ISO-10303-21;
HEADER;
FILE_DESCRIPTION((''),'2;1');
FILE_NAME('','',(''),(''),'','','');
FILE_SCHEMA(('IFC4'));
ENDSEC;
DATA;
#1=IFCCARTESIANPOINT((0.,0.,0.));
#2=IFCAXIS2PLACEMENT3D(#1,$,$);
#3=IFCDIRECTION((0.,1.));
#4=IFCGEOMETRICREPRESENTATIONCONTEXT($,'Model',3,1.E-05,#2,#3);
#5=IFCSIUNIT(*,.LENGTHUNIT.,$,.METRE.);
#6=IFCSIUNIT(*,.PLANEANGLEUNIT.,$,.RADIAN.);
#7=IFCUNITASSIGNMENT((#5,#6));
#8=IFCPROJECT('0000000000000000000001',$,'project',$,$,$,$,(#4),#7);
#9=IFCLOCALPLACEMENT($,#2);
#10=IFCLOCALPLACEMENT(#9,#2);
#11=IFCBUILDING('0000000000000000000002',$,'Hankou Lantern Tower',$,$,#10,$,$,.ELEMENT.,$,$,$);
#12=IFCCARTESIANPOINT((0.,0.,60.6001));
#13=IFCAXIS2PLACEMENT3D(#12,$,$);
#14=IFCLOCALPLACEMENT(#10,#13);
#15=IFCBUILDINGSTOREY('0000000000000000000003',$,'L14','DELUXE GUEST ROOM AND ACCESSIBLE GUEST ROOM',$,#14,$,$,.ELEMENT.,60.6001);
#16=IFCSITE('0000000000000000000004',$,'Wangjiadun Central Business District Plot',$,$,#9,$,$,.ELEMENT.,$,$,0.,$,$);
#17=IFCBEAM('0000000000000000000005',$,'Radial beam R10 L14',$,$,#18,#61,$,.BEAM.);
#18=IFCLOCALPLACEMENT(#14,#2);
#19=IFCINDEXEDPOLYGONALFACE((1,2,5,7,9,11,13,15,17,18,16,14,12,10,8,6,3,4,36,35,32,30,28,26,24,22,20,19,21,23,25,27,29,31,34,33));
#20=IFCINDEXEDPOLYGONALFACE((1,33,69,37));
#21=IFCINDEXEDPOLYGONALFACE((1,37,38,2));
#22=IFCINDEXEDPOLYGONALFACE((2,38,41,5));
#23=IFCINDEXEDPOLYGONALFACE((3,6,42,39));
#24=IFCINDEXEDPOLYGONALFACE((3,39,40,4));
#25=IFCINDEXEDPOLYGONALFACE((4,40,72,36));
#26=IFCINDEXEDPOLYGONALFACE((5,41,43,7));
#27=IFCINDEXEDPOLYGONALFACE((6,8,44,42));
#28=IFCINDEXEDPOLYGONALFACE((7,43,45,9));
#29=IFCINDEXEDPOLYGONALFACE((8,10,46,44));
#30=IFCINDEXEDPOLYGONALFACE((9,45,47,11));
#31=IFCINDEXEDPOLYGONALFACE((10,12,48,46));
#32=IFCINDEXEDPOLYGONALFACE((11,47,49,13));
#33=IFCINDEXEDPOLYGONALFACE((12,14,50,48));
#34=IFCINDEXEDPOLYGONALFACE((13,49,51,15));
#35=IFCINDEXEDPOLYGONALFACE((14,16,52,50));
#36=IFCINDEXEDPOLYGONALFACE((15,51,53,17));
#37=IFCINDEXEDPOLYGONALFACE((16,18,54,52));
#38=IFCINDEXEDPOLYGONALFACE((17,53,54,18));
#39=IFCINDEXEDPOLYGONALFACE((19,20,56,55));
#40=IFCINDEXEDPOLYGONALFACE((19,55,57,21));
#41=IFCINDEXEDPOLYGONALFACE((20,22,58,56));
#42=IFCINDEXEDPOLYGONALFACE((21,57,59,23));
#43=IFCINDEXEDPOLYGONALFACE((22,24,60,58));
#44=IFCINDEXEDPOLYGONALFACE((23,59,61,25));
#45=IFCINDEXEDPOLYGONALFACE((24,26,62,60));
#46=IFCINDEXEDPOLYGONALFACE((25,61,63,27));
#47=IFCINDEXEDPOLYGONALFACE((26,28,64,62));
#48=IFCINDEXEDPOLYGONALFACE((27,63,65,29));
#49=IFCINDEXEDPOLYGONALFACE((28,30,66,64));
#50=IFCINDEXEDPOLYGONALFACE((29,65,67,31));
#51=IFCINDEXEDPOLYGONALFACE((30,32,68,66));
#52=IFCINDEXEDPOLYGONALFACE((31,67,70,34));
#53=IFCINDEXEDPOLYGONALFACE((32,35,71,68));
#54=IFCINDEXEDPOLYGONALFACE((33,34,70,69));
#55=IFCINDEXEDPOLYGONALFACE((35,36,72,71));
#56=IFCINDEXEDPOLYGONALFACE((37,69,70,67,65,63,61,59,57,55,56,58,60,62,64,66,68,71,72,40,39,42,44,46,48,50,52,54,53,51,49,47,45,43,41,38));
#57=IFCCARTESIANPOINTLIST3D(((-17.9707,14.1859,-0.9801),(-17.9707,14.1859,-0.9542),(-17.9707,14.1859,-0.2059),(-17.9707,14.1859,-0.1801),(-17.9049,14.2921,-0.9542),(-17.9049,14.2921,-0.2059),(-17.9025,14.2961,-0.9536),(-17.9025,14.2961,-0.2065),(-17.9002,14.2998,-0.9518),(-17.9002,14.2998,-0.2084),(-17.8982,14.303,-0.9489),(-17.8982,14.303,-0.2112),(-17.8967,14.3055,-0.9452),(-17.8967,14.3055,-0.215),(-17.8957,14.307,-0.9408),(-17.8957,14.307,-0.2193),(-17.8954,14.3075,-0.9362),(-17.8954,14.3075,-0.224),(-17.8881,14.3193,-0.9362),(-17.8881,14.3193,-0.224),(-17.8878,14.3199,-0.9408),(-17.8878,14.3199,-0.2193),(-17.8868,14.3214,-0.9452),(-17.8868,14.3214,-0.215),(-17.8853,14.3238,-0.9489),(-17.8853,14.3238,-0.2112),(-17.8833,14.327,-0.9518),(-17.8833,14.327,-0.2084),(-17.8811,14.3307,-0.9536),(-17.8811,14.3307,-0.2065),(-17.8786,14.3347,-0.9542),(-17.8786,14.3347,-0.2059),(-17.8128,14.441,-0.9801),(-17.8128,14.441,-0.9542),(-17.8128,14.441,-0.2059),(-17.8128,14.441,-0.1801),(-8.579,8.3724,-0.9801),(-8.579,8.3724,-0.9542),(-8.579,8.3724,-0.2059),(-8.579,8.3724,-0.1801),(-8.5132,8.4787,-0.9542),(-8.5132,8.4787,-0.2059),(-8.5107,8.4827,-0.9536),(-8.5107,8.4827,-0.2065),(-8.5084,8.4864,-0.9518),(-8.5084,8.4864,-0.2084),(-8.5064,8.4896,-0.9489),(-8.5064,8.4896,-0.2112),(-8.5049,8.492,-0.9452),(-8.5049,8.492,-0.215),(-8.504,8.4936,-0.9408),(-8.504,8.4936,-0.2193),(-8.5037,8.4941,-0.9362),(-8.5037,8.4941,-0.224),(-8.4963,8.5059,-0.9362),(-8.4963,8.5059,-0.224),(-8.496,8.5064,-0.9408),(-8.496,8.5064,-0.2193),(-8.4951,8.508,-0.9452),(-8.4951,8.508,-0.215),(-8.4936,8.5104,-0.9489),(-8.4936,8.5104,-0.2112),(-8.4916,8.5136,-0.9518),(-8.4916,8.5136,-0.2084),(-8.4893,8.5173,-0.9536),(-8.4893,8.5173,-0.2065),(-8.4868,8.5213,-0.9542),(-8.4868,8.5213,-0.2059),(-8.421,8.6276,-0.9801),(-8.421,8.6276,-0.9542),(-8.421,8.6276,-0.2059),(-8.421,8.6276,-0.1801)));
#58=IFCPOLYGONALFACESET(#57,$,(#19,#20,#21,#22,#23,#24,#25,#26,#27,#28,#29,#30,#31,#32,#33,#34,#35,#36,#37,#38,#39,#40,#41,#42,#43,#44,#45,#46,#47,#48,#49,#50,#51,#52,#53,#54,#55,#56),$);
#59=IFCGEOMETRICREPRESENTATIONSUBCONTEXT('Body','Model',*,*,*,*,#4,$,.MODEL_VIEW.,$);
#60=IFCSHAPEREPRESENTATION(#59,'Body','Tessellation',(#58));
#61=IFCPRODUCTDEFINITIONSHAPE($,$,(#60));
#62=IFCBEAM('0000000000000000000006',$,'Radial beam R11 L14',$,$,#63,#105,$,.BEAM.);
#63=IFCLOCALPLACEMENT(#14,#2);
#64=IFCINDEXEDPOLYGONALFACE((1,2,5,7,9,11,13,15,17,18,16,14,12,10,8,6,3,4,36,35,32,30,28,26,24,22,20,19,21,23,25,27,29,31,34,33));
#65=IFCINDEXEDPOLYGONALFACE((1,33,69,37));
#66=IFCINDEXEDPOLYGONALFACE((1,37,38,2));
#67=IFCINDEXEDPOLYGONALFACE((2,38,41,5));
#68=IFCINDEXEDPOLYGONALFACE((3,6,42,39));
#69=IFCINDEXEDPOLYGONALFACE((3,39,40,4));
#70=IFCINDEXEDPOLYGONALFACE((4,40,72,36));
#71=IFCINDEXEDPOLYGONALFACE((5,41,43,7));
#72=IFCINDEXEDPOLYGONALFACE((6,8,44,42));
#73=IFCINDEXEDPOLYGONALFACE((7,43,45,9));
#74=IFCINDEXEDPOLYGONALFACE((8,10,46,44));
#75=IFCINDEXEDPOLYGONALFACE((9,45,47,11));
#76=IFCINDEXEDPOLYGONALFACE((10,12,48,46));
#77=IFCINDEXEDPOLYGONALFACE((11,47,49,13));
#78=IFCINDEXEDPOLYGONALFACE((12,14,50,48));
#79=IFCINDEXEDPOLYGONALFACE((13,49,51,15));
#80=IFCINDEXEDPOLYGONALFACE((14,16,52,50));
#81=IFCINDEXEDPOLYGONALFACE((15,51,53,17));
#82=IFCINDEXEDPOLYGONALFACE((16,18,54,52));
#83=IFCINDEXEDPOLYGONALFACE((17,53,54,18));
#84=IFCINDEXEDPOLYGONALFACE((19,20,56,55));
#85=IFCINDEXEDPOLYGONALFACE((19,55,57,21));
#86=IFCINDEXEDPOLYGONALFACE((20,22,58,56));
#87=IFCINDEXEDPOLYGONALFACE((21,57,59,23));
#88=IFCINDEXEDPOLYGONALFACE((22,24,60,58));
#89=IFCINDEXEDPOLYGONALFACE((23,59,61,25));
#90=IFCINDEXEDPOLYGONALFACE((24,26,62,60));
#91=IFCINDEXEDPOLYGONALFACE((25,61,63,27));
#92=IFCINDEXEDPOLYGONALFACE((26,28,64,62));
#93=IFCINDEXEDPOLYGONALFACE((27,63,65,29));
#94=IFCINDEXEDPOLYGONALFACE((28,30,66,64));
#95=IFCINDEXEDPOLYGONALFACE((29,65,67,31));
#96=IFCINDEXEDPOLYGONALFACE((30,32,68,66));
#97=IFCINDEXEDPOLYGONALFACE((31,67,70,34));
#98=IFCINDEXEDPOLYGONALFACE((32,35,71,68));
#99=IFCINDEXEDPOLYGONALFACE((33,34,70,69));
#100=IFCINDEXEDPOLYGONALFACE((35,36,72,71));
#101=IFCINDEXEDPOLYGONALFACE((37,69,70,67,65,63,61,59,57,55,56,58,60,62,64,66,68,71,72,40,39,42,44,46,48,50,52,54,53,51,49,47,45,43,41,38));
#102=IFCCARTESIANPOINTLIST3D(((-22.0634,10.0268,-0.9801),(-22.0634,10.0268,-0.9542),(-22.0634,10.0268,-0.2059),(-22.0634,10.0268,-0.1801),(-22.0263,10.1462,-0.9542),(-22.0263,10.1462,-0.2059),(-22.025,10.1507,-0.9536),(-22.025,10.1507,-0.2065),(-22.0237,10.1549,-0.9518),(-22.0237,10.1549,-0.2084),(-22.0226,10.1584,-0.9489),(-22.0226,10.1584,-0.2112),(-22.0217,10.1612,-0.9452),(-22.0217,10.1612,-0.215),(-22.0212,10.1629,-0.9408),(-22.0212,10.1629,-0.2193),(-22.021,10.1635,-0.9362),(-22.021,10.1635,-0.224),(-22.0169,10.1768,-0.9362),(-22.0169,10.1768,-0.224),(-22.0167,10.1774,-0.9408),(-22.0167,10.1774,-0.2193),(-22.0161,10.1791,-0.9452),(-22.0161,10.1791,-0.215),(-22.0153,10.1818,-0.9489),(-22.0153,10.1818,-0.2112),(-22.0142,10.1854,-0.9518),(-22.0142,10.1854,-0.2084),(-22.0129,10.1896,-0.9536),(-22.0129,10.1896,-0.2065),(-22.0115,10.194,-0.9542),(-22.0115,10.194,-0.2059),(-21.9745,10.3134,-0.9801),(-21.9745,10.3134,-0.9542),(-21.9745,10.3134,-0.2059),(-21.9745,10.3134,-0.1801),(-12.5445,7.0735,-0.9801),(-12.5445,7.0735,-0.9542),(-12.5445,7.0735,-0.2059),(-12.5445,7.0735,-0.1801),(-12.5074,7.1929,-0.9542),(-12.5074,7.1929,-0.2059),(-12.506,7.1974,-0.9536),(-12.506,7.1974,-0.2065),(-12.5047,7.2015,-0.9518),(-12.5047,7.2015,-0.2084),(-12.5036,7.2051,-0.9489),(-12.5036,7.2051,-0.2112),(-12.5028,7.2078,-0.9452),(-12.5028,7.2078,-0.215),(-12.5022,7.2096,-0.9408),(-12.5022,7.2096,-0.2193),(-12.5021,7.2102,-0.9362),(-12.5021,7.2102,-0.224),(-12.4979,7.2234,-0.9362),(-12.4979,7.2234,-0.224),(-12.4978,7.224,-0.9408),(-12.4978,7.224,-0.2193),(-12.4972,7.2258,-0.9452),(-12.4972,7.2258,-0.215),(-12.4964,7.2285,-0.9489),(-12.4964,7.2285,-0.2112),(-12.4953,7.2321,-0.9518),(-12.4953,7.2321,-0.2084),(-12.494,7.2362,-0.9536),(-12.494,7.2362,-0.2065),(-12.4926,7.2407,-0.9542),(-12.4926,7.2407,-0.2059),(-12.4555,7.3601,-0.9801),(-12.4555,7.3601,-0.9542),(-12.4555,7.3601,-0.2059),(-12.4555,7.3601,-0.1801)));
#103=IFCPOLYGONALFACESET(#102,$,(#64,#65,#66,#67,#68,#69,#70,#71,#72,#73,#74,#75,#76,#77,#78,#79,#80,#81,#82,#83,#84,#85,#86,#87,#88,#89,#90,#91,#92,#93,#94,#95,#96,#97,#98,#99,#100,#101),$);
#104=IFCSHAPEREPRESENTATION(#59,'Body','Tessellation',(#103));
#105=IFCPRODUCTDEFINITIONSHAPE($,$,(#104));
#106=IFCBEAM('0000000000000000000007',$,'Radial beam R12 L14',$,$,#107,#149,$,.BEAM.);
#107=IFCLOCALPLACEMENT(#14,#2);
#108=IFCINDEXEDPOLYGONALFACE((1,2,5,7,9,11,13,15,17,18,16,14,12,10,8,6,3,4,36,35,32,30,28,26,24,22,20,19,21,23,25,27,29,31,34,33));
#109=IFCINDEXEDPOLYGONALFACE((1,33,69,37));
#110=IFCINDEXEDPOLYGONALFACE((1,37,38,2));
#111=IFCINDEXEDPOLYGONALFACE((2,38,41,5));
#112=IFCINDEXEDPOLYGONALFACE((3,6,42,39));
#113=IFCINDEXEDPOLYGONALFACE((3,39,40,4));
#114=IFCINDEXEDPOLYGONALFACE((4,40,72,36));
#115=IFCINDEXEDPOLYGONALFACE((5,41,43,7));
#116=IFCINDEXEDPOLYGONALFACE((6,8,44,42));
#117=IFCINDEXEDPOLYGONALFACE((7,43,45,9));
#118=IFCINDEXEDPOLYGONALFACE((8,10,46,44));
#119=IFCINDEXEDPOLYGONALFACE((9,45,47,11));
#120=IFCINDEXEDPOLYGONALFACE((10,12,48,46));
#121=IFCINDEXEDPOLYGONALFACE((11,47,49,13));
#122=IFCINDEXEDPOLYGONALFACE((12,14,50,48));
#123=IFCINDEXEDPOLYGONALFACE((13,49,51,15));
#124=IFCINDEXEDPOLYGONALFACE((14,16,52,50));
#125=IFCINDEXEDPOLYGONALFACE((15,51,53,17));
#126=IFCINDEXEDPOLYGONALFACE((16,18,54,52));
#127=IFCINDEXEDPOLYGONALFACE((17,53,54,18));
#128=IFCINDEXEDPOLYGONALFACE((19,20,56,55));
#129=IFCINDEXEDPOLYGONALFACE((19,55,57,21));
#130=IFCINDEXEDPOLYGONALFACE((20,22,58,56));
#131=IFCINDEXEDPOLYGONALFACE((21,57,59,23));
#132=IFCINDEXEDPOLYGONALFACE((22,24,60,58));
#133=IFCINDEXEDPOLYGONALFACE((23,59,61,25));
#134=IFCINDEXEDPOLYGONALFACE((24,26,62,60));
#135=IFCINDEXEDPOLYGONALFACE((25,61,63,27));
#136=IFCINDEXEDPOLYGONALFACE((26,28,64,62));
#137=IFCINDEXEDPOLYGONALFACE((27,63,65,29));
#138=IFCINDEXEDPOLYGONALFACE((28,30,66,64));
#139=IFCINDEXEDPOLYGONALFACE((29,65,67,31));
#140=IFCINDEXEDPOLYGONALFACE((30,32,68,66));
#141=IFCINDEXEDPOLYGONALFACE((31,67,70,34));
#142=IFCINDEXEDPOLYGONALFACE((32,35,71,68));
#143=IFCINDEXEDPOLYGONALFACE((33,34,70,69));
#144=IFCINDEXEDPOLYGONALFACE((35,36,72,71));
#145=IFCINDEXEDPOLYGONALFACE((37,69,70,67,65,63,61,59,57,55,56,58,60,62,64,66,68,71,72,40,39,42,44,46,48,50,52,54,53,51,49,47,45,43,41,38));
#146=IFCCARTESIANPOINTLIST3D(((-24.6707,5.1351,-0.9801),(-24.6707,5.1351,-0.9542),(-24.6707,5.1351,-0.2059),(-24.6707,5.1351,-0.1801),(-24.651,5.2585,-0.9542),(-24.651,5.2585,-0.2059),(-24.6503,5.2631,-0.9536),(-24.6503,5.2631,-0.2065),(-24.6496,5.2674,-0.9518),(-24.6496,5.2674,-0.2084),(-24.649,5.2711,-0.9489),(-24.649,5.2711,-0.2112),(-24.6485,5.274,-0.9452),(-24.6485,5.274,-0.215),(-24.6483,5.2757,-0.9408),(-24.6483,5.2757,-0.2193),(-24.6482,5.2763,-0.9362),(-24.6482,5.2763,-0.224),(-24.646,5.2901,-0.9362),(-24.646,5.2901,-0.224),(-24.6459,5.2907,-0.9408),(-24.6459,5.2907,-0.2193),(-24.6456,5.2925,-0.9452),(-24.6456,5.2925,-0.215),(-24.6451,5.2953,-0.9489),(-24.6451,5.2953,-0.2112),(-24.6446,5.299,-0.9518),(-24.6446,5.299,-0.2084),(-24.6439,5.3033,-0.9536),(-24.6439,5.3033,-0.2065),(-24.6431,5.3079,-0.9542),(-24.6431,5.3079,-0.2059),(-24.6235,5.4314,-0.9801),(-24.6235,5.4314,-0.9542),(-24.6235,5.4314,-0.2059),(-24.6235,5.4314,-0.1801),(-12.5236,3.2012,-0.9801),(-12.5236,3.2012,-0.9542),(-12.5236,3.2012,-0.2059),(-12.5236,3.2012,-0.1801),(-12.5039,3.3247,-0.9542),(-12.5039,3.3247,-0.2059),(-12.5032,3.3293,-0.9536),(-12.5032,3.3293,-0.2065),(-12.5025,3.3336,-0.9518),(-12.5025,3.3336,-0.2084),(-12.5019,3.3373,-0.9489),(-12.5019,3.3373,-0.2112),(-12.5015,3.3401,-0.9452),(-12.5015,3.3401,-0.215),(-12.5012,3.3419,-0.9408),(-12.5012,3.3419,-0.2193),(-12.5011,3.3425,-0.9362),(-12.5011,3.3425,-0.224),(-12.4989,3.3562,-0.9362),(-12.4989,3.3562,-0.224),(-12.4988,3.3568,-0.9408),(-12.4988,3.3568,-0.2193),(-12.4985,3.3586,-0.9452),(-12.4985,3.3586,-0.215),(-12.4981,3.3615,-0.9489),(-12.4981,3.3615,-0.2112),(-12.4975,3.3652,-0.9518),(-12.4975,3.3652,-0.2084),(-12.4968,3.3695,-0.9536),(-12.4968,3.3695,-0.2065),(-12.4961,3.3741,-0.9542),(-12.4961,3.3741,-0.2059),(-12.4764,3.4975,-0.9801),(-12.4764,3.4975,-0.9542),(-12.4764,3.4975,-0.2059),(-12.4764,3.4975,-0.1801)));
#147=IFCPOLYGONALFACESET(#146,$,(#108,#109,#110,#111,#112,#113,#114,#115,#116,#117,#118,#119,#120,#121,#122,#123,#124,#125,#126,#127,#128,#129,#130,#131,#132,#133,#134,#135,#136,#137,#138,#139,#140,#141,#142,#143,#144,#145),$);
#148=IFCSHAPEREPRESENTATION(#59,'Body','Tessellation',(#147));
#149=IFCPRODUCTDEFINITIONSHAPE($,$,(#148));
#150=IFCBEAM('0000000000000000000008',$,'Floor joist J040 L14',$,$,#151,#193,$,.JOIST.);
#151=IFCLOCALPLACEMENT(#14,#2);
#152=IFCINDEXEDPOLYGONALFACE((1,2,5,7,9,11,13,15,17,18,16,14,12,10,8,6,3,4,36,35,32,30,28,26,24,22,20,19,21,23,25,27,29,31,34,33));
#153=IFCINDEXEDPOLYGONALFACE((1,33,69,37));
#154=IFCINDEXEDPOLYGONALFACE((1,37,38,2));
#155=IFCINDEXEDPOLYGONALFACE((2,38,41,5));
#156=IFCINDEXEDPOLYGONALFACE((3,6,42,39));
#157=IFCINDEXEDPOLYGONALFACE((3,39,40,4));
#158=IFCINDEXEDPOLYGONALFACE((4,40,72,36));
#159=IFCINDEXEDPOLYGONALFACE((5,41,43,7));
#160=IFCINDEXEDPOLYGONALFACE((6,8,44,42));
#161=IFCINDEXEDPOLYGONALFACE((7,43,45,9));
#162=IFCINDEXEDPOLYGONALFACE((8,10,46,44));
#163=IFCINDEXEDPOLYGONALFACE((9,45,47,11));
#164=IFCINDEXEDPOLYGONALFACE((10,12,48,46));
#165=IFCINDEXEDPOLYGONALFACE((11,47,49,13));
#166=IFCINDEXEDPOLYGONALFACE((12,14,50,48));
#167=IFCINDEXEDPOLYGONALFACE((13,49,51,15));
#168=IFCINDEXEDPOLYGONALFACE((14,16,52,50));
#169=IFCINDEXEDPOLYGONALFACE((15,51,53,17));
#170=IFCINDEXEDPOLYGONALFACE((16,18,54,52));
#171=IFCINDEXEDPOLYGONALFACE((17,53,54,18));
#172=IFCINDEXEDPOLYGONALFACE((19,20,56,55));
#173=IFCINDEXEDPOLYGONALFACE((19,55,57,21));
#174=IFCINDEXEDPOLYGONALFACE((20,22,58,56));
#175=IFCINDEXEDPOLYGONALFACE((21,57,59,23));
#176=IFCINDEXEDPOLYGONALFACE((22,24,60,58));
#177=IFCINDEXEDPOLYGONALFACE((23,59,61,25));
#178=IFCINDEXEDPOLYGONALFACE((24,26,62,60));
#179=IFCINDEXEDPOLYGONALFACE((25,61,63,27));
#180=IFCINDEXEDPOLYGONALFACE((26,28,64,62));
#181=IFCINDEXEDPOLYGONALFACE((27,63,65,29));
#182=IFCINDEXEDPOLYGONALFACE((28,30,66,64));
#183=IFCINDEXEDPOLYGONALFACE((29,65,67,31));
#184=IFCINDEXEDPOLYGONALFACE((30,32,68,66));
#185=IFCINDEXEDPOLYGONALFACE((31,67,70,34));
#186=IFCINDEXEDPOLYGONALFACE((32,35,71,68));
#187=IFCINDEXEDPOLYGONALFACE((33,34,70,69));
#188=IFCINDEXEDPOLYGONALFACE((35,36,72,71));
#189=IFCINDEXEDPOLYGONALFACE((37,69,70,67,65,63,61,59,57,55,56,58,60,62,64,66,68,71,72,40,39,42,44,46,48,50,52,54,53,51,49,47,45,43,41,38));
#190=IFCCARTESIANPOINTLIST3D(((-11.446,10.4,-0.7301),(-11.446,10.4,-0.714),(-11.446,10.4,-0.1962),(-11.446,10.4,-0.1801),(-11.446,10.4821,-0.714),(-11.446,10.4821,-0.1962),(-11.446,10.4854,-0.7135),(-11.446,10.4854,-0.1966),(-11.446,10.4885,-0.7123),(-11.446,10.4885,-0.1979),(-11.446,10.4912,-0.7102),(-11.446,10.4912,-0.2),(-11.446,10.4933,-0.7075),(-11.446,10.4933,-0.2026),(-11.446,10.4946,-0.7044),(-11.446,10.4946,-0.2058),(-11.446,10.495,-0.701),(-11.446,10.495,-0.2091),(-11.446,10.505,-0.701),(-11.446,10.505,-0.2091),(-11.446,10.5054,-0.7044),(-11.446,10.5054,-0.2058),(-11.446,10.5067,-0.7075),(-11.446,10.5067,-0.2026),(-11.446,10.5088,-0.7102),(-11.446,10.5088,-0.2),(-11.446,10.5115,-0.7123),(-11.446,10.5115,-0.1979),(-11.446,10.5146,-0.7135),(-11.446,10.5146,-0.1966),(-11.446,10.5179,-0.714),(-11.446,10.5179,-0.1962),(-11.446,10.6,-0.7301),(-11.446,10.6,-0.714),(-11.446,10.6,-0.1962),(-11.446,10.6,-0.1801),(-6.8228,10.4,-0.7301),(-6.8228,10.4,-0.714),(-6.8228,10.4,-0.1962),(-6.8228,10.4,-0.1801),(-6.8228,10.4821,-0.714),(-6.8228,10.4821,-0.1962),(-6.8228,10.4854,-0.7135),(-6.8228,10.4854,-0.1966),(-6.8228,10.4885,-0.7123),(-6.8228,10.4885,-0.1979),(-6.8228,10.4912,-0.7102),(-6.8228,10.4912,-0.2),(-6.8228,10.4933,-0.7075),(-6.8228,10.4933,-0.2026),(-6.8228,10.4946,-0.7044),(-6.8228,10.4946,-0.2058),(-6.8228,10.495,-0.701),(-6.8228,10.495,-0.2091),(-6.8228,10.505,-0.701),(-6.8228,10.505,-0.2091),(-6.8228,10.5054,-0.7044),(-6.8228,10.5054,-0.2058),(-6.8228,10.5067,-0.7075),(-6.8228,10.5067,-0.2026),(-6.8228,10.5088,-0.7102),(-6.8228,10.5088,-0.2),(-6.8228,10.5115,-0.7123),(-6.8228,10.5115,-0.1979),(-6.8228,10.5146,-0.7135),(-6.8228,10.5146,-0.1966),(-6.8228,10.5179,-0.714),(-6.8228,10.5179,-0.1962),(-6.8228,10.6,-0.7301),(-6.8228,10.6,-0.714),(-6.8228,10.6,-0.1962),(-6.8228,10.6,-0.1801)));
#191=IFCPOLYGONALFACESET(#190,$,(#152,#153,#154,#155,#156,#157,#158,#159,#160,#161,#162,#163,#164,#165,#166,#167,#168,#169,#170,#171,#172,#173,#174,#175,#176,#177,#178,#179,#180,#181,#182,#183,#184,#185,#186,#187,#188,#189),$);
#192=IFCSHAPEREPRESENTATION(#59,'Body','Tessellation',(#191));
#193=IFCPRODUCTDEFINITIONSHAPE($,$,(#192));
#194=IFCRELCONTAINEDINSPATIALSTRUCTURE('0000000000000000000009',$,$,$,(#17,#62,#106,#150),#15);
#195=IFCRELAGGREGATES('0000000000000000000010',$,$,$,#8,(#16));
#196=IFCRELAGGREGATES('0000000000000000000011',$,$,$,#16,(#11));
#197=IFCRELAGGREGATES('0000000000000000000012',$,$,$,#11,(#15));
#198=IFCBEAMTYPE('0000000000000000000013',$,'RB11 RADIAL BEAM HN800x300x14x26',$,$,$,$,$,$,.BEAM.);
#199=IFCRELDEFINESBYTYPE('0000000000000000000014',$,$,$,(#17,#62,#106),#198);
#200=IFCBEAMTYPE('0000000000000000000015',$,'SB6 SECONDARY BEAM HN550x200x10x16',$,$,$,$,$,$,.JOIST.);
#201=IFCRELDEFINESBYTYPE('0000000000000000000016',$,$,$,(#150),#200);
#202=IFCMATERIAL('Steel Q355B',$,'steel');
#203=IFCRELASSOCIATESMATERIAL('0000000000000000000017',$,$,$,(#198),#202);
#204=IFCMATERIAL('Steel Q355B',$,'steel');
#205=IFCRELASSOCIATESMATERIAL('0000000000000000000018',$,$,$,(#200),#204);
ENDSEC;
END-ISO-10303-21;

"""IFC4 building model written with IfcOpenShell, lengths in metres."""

from ifc_helpers import new_model, si_unit, direction, frame, origin, origin_2d, place, context, subcontext, project, spatial, i_section, extrude, material, material_profile, profile_set, type_object, element, save


model = new_model("IFC4")

# Units and contexts
model_context = context("Model", 3, precision=1e-05, world=origin(), true_north=direction((0.0, 1.0)))
body_context = subcontext(model_context, "Body", "Model", "MODEL_VIEW")
ifc_project = project(units=[si_unit("LENGTHUNIT", "METRE"), si_unit("PLANEANGLEUNIT", "RADIAN")], contexts=[model_context])

# Site, building, storey
site_placement = place(None, origin())
site = spatial("IfcSite", under=ifc_project, at=site_placement, Name="Wangjiadun Central Business District Plot", CompositionType="ELEMENT", RefElevation=0.0)
building_placement = place(site_placement, origin())
building = spatial("IfcBuilding", under=site, at=building_placement, Name="Hankou Lantern Tower", CompositionType="ELEMENT")
storey_placement = place(building_placement, frame((0.0, 0.0, 60.6001)))
storey = spatial("IfcBuildingStorey", under=building, at=storey_placement, Name="L14", Description="DELUXE GUEST ROOM AND ACCESSIBLE GUEST ROOM", CompositionType="ELEMENT", Elevation=60.6001)

# Beams
ifc_material_1 = material(Name="Steel Q355B", Category="steel")
ifc_material_profile_1 = material_profile(ifc_material_1, i_section(OverallWidth=0.3, OverallDepth=0.8, WebThickness=0.0139, FlangeThickness=0.0259, FilletRadius=0.0181, at=origin_2d()), Name="HN800x300x14x26")
ifc_profile_set_1 = profile_set([ifc_material_profile_1], Name="Steel Q355B")
beam_type_1 = type_object("IfcBeamType", Name="RB11 RADIAL BEAM HN800x300x14x26", PredefinedType="BEAM", material=ifc_profile_set_1)
beam_1_placement = place(storey_placement, frame((-8.5, 8.5, -0.5801), z_axis=(-0.850286, 0.52632, 0.0), x_axis=(-0.52632, -0.850286, 0.0)))
element("IfcBeam", 1, at=beam_1_placement, inside=storey, type_object=beam_type_1, Name="Radial beam R10 L14", PredefinedType="BEAM", context=body_context, shape_type="SweptSolid", body=[
    extrude(i_section(OverallWidth=0.3, OverallDepth=0.8, WebThickness=0.0139, FlangeThickness=0.0259, FilletRadius=0.0181, at=origin_2d()), origin(), (0.0, 0.0, 1.0), 11.0454),
])
beam_2_placement = place(storey_placement, frame((-12.5, 7.2168, -0.5801), z_axis=(-0.955087, 0.296324, 0.0), x_axis=(-0.296324, -0.955087, 0.0)))
element("IfcBeam", 2, at=beam_2_placement, inside=storey, type_object=beam_type_1, Name="Radial beam R11 L14", PredefinedType="BEAM", context=body_context, shape_type="SweptSolid", body=[
    extrude(i_section(OverallWidth=0.3, OverallDepth=0.8, WebThickness=0.0139, FlangeThickness=0.0259, FilletRadius=0.0181, at=origin_2d()), origin(), (0.0, 0.0, 1.0), 9.9666),
])
beam_3_placement = place(storey_placement, frame((-12.5, 3.3494, -0.5801), z_axis=(-0.987563, 0.157223, 0.0), x_axis=(-0.157223, -0.987563, 0.0)))
element("IfcBeam", 3, at=beam_3_placement, inside=storey, type_object=beam_type_1, Name="Radial beam R12 L14", PredefinedType="BEAM", context=body_context, shape_type="SweptSolid", body=[
    extrude(i_section(OverallWidth=0.3, OverallDepth=0.8, WebThickness=0.0139, FlangeThickness=0.0259, FilletRadius=0.0181, at=origin_2d()), origin(), (0.0, 0.0, 1.0), 12.3),
])
ifc_material_2 = material(Name="Steel Q355B", Category="steel")
ifc_material_profile_2 = material_profile(ifc_material_2, i_section(OverallWidth=0.2, OverallDepth=0.55, WebThickness=0.01, FlangeThickness=0.0161, FilletRadius=0.0129, at=origin_2d()), Name="HN550x200x10x16")
ifc_profile_set_2 = profile_set([ifc_material_profile_2], Name="Steel Q355B")
beam_type_2 = type_object("IfcBeamType", Name="SB6 SECONDARY BEAM HN550x200x10x16", PredefinedType="JOIST", material=ifc_profile_set_2)
beam_4_placement = place(storey_placement, frame((-11.446, 10.5, -0.4551), z_axis=(1.0, 0.0, 0.0), x_axis=(0.0, 1.0, 0.0)))
element("IfcBeam", 4, at=beam_4_placement, inside=storey, type_object=beam_type_2, Name="Floor joist J040 L14", PredefinedType="JOIST", context=body_context, shape_type="SweptSolid", body=[
    extrude(i_section(OverallWidth=0.2, OverallDepth=0.55, WebThickness=0.01, FlangeThickness=0.0161, FilletRadius=0.0129, at=origin_2d()), origin(), (0.0, 0.0, 1.0), 4.6233),
])

save(model, "model.ifc")
